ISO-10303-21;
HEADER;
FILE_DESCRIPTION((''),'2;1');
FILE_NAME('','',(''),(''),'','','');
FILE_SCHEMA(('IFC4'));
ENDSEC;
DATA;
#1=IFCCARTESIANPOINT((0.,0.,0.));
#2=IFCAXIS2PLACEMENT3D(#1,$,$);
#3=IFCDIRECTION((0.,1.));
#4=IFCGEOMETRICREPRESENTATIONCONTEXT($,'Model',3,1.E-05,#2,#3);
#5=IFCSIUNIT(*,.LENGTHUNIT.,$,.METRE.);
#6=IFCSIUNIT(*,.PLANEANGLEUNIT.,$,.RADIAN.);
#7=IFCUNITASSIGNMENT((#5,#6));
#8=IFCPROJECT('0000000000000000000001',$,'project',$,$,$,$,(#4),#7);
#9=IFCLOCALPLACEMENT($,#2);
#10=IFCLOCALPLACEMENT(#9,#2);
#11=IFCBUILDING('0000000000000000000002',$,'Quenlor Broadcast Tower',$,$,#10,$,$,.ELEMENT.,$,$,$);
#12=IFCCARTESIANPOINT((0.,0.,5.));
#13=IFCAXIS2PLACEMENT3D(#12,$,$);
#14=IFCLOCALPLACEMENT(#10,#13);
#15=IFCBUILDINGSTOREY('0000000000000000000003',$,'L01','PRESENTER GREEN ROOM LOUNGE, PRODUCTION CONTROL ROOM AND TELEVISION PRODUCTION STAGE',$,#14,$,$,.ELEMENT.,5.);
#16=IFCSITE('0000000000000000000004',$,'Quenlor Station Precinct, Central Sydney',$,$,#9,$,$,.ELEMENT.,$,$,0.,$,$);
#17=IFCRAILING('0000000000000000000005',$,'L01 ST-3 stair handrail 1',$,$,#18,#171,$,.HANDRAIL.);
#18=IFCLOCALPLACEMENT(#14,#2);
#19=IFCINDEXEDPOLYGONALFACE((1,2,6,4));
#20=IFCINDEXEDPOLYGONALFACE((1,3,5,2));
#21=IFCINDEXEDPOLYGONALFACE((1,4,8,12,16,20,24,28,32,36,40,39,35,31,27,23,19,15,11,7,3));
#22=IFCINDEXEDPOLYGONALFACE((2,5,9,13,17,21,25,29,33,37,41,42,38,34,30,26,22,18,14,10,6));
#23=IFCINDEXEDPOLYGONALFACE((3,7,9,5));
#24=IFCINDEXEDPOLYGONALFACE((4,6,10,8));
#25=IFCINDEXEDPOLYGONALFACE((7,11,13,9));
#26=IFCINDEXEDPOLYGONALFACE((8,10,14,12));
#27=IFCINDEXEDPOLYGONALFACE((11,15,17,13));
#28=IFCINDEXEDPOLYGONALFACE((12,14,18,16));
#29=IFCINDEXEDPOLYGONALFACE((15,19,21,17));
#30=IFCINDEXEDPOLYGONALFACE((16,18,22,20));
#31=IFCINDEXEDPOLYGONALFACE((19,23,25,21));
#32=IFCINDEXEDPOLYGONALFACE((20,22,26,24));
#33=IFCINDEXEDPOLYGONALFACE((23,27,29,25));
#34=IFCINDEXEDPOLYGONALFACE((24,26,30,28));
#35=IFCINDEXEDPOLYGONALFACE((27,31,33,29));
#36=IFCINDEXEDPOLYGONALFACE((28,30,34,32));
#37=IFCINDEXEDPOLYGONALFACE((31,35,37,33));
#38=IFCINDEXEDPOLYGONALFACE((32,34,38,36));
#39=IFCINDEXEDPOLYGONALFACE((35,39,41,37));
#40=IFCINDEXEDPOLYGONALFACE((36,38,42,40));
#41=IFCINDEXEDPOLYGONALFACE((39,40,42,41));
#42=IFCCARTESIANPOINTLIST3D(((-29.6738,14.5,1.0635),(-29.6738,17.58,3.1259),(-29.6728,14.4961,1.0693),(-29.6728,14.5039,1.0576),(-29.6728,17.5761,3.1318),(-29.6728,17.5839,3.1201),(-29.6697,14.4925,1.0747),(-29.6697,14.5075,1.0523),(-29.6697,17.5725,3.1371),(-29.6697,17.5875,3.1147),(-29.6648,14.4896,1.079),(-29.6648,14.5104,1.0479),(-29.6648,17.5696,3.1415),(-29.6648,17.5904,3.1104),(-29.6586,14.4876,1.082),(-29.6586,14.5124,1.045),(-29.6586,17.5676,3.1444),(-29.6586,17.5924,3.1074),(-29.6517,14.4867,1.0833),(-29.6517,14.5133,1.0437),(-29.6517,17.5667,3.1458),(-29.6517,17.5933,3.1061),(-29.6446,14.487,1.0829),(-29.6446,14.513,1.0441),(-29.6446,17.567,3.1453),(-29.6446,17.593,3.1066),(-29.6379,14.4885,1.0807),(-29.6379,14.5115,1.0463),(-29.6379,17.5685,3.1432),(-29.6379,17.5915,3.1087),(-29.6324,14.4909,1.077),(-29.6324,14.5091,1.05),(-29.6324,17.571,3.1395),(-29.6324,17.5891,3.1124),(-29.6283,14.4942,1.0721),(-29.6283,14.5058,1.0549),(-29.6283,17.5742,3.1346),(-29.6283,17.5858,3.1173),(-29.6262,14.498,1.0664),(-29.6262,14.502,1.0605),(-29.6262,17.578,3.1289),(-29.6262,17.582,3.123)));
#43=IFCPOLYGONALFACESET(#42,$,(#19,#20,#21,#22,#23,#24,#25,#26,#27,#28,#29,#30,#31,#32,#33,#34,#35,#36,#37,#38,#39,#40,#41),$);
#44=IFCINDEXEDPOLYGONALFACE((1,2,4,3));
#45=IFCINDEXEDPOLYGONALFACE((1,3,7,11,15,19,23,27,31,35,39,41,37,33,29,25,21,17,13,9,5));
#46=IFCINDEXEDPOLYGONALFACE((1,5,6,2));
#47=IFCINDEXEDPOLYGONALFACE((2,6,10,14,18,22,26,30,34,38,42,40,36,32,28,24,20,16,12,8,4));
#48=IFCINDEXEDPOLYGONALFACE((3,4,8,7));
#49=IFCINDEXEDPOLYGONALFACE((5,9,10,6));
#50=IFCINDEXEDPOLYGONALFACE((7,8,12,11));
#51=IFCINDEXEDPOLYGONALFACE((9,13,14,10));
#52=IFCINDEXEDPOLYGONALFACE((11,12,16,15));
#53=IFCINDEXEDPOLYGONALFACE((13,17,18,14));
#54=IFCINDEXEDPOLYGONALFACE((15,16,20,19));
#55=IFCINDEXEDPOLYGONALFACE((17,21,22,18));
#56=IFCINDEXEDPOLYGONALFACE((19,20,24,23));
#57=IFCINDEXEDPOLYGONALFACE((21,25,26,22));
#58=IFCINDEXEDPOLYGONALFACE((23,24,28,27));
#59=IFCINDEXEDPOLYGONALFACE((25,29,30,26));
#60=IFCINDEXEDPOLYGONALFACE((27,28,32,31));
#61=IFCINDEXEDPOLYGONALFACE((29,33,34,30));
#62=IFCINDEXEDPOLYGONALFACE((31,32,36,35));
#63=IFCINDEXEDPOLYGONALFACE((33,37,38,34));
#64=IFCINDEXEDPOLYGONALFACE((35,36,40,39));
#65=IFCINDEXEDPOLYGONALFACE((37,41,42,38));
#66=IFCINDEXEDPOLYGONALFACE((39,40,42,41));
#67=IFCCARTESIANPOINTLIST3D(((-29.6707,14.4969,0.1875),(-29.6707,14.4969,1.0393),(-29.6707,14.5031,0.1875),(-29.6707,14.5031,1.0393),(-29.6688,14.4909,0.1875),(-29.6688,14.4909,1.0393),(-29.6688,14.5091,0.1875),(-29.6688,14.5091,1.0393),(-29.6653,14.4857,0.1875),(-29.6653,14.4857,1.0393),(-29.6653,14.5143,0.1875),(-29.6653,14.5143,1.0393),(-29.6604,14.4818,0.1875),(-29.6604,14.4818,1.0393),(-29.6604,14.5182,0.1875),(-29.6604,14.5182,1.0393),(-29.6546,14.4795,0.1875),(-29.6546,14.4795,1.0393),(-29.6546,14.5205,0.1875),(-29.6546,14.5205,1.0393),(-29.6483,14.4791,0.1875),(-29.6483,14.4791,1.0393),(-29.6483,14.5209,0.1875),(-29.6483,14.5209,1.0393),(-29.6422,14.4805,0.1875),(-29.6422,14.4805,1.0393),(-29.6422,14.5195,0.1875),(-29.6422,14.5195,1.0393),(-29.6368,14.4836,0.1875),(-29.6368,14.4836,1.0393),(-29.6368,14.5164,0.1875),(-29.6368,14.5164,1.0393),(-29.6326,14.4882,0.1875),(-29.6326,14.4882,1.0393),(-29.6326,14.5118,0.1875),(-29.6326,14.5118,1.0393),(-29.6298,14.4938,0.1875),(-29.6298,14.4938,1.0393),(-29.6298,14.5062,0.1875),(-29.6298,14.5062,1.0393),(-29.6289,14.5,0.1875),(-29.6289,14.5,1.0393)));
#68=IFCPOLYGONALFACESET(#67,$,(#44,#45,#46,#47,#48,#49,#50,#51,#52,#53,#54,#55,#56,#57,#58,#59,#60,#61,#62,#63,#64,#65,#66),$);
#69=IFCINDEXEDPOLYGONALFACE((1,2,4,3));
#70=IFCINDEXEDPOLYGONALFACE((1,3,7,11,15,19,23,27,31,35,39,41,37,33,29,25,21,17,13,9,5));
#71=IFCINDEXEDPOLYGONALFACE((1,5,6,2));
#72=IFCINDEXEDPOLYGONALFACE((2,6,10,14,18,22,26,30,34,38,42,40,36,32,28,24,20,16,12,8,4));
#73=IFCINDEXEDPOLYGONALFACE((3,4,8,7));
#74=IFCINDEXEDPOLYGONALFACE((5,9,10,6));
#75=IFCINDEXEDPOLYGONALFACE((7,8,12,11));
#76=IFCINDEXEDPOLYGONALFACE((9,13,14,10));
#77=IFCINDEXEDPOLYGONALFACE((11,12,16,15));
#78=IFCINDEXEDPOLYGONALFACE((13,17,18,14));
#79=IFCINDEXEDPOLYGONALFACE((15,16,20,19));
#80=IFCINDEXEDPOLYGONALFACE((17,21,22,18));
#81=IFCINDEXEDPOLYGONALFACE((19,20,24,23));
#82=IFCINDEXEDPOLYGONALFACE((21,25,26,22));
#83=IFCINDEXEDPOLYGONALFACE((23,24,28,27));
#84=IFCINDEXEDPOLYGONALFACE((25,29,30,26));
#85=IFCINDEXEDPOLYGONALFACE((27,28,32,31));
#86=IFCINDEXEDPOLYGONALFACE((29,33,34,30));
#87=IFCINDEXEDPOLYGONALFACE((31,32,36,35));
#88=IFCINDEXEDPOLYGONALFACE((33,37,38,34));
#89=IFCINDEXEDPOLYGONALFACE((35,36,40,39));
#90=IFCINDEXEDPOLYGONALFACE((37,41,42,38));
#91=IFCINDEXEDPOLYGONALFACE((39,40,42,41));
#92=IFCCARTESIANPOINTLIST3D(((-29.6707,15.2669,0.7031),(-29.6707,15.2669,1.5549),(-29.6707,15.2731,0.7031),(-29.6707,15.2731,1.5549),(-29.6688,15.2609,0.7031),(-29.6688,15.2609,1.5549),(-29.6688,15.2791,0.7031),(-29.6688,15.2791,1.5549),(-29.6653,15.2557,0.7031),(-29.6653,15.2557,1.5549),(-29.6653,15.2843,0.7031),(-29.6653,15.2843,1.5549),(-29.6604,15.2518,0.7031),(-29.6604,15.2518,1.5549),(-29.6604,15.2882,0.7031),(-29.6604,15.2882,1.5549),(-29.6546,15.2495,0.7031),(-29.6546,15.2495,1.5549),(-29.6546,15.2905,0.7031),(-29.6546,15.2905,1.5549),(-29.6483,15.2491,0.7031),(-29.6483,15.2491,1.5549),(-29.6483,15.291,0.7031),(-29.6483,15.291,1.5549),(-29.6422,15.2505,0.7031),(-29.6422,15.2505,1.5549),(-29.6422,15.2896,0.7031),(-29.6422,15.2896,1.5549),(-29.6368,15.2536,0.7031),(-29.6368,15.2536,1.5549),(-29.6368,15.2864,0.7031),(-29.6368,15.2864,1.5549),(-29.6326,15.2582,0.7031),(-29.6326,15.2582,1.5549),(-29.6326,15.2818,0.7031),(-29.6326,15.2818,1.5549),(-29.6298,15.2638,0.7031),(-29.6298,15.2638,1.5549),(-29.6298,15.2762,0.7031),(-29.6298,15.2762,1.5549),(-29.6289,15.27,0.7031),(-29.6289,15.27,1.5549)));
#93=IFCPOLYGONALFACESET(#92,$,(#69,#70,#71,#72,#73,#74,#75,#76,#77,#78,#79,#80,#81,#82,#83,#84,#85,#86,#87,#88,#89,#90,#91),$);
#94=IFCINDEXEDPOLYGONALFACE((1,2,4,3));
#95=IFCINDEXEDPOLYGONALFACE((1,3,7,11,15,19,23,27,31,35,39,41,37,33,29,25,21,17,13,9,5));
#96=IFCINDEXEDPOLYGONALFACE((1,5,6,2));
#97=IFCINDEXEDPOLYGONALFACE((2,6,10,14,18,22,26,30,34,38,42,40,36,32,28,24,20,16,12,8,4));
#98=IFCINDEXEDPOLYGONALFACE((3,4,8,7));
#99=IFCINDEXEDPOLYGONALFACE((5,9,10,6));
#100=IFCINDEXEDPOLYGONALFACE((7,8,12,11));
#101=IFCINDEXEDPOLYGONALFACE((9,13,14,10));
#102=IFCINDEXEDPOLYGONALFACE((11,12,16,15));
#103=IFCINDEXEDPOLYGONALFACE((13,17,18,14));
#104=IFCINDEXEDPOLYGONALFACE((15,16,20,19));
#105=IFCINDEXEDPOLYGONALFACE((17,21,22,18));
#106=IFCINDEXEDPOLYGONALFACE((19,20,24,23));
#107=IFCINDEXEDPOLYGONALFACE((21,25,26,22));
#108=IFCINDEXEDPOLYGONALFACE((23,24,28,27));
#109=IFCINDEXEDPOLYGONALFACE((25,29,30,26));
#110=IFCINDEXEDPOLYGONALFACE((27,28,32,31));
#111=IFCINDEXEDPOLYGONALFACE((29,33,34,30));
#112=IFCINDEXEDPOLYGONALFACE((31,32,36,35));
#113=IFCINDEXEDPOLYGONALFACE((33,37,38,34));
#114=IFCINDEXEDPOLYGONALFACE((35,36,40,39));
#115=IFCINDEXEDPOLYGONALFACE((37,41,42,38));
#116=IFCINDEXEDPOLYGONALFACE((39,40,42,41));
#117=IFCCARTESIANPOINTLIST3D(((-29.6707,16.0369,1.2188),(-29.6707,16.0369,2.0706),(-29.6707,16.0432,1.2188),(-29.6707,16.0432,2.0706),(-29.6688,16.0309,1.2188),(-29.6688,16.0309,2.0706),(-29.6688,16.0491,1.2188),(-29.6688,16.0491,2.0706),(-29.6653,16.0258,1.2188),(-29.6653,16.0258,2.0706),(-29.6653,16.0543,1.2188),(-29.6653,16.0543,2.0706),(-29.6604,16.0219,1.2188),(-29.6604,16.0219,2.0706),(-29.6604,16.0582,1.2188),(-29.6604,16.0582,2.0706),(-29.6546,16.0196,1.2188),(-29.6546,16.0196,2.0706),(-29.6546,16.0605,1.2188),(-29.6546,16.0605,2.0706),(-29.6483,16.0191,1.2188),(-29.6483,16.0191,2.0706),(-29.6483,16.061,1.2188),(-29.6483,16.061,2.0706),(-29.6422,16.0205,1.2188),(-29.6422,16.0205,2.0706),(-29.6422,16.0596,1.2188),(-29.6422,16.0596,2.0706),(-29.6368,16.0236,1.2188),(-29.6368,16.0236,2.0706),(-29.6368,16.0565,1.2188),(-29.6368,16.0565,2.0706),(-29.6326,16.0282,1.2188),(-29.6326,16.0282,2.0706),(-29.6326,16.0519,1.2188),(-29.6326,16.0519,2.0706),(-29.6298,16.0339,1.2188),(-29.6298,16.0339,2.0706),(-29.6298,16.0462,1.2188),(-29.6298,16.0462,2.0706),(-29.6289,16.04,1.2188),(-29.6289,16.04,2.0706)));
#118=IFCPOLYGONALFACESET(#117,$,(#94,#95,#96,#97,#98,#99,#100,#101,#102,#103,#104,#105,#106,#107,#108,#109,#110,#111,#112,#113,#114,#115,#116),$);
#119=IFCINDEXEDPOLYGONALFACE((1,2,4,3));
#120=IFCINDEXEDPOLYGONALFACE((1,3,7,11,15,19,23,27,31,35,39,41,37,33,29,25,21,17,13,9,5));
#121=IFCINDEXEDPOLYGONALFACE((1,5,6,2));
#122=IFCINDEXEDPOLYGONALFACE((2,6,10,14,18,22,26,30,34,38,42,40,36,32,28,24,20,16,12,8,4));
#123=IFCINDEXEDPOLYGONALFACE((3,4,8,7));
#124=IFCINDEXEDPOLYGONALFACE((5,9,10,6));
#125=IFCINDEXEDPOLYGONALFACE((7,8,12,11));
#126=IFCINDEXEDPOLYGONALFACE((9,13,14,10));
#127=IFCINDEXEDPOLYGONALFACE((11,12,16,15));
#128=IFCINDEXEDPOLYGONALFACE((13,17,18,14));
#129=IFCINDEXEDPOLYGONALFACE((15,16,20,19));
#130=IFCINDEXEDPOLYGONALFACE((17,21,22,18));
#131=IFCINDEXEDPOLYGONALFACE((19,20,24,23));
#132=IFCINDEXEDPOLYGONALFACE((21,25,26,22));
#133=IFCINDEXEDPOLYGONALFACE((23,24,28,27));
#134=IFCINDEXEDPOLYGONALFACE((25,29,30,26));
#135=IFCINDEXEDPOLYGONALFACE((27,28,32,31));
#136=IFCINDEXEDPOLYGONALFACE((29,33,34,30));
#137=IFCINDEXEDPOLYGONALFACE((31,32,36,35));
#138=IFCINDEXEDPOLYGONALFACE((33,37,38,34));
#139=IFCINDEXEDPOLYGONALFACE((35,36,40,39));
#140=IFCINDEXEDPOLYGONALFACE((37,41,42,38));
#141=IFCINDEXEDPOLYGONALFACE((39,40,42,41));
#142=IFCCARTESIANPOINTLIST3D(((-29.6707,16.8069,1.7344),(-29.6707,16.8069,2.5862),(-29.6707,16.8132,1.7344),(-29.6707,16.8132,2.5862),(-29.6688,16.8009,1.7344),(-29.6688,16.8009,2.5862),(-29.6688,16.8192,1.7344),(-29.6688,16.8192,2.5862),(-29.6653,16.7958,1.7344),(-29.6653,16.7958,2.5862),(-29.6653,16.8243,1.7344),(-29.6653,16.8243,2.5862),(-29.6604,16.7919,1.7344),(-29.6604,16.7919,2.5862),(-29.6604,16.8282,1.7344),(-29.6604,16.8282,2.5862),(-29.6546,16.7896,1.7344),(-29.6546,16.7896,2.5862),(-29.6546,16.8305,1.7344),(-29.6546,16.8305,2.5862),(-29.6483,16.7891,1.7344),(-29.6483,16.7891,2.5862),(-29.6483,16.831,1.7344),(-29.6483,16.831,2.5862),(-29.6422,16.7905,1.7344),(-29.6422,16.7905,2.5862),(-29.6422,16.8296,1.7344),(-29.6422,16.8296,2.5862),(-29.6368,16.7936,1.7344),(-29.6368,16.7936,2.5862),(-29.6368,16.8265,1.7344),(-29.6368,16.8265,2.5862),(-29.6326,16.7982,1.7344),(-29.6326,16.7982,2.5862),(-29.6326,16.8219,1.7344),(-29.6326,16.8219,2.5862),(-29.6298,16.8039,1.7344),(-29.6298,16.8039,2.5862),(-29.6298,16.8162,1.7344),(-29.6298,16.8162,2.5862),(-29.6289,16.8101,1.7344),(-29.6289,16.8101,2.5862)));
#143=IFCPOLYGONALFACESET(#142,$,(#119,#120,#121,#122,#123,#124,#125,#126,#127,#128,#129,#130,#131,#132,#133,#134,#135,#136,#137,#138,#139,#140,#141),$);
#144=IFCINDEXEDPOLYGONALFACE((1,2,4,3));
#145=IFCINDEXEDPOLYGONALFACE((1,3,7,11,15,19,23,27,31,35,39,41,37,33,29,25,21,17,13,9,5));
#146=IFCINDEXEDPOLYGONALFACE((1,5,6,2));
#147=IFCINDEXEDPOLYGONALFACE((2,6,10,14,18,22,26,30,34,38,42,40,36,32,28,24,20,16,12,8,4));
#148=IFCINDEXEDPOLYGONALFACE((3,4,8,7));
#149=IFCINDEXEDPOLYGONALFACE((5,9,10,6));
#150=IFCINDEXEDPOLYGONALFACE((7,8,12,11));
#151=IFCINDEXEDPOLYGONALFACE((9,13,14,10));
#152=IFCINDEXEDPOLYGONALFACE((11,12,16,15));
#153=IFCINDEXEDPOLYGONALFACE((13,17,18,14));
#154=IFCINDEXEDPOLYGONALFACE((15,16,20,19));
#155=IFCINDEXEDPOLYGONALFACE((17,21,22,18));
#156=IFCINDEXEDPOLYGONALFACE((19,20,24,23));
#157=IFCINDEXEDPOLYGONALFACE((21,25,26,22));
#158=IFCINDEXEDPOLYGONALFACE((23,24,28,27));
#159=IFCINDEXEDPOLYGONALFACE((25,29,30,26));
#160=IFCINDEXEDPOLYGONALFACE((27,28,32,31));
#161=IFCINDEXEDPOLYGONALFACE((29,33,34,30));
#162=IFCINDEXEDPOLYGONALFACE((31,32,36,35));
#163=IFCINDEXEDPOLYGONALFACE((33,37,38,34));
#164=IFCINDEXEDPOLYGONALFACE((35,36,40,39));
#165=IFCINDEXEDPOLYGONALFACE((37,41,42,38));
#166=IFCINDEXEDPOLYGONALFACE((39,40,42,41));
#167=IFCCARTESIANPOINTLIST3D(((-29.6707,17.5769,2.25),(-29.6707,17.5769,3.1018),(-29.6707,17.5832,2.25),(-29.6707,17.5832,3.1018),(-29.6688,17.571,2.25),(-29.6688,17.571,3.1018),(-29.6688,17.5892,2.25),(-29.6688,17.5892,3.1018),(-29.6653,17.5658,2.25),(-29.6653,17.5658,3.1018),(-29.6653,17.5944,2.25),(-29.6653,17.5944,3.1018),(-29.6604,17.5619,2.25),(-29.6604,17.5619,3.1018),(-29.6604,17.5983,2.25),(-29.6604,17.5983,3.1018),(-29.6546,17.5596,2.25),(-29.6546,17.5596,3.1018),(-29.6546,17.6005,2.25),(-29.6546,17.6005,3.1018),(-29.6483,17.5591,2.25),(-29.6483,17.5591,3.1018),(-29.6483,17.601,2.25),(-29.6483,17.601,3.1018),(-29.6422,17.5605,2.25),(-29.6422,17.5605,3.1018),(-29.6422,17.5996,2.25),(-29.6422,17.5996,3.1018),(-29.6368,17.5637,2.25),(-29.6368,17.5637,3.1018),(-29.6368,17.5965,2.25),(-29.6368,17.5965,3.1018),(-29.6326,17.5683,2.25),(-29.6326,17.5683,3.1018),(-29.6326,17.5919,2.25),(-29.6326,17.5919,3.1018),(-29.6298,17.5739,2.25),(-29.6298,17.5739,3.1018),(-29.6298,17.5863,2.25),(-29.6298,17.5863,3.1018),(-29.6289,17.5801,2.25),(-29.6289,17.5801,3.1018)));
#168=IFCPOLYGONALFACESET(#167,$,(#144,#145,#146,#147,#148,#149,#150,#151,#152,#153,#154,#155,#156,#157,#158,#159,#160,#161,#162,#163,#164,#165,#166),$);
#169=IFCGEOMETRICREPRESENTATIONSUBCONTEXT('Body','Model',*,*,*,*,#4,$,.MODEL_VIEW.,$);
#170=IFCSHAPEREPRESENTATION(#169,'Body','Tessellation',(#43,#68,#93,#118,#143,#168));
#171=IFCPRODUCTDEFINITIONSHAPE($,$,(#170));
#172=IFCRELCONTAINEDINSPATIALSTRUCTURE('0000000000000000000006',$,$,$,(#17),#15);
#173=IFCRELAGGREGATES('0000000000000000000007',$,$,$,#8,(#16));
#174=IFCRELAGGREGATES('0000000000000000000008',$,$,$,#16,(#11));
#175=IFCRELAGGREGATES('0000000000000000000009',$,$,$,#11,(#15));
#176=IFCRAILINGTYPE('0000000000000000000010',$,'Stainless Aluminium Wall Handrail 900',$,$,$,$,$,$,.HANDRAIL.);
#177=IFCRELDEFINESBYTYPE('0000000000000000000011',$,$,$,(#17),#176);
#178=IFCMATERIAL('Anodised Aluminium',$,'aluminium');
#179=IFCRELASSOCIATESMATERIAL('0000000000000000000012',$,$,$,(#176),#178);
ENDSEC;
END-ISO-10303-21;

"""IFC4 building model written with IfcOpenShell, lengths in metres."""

from ifc_helpers import new_model, si_unit, direction, frame, origin, origin_2d, place, context, subcontext, project, spatial, circle, extrude, material, type_object, element, save


model = new_model("IFC4")

# Units and contexts
model_context = context("Model", 3, precision=1e-05, world=origin(), true_north=direction((0.0, 1.0)))
body_context = subcontext(model_context, "Body", "Model", "MODEL_VIEW")
ifc_project = project(units=[si_unit("LENGTHUNIT", "METRE"), si_unit("PLANEANGLEUNIT", "RADIAN")], contexts=[model_context])

# Site, building, storey
site_placement = place(None, origin())
site = spatial("IfcSite", under=ifc_project, at=site_placement, Name="Quenlor Station Precinct, Central Sydney", CompositionType="ELEMENT", RefElevation=0.0)
building_placement = place(site_placement, origin())
building = spatial("IfcBuilding", under=site, at=building_placement, Name="Quenlor Broadcast Tower", CompositionType="ELEMENT")
storey_placement = place(building_placement, frame((0.0, 0.0, 5.0)))
storey = spatial("IfcBuildingStorey", under=building, at=storey_placement, Name="L01", Description="PRESENTER GREEN ROOM LOUNGE, PRODUCTION CONTROL ROOM AND TELEVISION PRODUCTION STAGE", CompositionType="ELEMENT", Elevation=5.0)

# Railing
ifc_material_1 = material(Name="Anodised Aluminium", Category="aluminium")
railing_type_1 = type_object("IfcRailingType", Name="Stainless Aluminium Wall Handrail 900", PredefinedType="HANDRAIL", material=ifc_material_1)
railing_1_placement = place(storey_placement, frame((-29.6499, 14.5, 0.1875)))
element("IfcRailing", 1, at=railing_1_placement, inside=storey, type_object=railing_type_1, Name="L01 ST-3 stair handrail 1", PredefinedType="HANDRAIL", context=body_context, shape_type="SweptSolid", body=[
    extrude(circle(Radius=0.0239, at=origin_2d()), frame((0.0, 0.0, 0.876), z_axis=(0.0, 0.830914, 0.556401), x_axis=(-1.0, 0.0, 0.0)), (0.0, 0.0, 1.0), 3.7068),
    extrude(circle(Radius=0.021, at=origin_2d()), origin(), (0.0, 0.0, 1.0), 0.8518),
    extrude(circle(Radius=0.021, at=origin_2d()), frame((0.0, 0.77, 0.5156)), (0.0, 0.0, 1.0), 0.8518),
    extrude(circle(Radius=0.021, at=origin_2d()), frame((0.0, 1.54, 1.0312)), (0.0, 0.0, 1.0), 0.8518),
    extrude(circle(Radius=0.021, at=origin_2d()), frame((0.0, 2.3101, 1.5469)), (0.0, 0.0, 1.0), 0.8518),
    extrude(circle(Radius=0.021, at=origin_2d()), frame((0.0, 3.0801, 2.0625)), (0.0, 0.0, 1.0), 0.8518),
])

save(model, "model.ifc")
